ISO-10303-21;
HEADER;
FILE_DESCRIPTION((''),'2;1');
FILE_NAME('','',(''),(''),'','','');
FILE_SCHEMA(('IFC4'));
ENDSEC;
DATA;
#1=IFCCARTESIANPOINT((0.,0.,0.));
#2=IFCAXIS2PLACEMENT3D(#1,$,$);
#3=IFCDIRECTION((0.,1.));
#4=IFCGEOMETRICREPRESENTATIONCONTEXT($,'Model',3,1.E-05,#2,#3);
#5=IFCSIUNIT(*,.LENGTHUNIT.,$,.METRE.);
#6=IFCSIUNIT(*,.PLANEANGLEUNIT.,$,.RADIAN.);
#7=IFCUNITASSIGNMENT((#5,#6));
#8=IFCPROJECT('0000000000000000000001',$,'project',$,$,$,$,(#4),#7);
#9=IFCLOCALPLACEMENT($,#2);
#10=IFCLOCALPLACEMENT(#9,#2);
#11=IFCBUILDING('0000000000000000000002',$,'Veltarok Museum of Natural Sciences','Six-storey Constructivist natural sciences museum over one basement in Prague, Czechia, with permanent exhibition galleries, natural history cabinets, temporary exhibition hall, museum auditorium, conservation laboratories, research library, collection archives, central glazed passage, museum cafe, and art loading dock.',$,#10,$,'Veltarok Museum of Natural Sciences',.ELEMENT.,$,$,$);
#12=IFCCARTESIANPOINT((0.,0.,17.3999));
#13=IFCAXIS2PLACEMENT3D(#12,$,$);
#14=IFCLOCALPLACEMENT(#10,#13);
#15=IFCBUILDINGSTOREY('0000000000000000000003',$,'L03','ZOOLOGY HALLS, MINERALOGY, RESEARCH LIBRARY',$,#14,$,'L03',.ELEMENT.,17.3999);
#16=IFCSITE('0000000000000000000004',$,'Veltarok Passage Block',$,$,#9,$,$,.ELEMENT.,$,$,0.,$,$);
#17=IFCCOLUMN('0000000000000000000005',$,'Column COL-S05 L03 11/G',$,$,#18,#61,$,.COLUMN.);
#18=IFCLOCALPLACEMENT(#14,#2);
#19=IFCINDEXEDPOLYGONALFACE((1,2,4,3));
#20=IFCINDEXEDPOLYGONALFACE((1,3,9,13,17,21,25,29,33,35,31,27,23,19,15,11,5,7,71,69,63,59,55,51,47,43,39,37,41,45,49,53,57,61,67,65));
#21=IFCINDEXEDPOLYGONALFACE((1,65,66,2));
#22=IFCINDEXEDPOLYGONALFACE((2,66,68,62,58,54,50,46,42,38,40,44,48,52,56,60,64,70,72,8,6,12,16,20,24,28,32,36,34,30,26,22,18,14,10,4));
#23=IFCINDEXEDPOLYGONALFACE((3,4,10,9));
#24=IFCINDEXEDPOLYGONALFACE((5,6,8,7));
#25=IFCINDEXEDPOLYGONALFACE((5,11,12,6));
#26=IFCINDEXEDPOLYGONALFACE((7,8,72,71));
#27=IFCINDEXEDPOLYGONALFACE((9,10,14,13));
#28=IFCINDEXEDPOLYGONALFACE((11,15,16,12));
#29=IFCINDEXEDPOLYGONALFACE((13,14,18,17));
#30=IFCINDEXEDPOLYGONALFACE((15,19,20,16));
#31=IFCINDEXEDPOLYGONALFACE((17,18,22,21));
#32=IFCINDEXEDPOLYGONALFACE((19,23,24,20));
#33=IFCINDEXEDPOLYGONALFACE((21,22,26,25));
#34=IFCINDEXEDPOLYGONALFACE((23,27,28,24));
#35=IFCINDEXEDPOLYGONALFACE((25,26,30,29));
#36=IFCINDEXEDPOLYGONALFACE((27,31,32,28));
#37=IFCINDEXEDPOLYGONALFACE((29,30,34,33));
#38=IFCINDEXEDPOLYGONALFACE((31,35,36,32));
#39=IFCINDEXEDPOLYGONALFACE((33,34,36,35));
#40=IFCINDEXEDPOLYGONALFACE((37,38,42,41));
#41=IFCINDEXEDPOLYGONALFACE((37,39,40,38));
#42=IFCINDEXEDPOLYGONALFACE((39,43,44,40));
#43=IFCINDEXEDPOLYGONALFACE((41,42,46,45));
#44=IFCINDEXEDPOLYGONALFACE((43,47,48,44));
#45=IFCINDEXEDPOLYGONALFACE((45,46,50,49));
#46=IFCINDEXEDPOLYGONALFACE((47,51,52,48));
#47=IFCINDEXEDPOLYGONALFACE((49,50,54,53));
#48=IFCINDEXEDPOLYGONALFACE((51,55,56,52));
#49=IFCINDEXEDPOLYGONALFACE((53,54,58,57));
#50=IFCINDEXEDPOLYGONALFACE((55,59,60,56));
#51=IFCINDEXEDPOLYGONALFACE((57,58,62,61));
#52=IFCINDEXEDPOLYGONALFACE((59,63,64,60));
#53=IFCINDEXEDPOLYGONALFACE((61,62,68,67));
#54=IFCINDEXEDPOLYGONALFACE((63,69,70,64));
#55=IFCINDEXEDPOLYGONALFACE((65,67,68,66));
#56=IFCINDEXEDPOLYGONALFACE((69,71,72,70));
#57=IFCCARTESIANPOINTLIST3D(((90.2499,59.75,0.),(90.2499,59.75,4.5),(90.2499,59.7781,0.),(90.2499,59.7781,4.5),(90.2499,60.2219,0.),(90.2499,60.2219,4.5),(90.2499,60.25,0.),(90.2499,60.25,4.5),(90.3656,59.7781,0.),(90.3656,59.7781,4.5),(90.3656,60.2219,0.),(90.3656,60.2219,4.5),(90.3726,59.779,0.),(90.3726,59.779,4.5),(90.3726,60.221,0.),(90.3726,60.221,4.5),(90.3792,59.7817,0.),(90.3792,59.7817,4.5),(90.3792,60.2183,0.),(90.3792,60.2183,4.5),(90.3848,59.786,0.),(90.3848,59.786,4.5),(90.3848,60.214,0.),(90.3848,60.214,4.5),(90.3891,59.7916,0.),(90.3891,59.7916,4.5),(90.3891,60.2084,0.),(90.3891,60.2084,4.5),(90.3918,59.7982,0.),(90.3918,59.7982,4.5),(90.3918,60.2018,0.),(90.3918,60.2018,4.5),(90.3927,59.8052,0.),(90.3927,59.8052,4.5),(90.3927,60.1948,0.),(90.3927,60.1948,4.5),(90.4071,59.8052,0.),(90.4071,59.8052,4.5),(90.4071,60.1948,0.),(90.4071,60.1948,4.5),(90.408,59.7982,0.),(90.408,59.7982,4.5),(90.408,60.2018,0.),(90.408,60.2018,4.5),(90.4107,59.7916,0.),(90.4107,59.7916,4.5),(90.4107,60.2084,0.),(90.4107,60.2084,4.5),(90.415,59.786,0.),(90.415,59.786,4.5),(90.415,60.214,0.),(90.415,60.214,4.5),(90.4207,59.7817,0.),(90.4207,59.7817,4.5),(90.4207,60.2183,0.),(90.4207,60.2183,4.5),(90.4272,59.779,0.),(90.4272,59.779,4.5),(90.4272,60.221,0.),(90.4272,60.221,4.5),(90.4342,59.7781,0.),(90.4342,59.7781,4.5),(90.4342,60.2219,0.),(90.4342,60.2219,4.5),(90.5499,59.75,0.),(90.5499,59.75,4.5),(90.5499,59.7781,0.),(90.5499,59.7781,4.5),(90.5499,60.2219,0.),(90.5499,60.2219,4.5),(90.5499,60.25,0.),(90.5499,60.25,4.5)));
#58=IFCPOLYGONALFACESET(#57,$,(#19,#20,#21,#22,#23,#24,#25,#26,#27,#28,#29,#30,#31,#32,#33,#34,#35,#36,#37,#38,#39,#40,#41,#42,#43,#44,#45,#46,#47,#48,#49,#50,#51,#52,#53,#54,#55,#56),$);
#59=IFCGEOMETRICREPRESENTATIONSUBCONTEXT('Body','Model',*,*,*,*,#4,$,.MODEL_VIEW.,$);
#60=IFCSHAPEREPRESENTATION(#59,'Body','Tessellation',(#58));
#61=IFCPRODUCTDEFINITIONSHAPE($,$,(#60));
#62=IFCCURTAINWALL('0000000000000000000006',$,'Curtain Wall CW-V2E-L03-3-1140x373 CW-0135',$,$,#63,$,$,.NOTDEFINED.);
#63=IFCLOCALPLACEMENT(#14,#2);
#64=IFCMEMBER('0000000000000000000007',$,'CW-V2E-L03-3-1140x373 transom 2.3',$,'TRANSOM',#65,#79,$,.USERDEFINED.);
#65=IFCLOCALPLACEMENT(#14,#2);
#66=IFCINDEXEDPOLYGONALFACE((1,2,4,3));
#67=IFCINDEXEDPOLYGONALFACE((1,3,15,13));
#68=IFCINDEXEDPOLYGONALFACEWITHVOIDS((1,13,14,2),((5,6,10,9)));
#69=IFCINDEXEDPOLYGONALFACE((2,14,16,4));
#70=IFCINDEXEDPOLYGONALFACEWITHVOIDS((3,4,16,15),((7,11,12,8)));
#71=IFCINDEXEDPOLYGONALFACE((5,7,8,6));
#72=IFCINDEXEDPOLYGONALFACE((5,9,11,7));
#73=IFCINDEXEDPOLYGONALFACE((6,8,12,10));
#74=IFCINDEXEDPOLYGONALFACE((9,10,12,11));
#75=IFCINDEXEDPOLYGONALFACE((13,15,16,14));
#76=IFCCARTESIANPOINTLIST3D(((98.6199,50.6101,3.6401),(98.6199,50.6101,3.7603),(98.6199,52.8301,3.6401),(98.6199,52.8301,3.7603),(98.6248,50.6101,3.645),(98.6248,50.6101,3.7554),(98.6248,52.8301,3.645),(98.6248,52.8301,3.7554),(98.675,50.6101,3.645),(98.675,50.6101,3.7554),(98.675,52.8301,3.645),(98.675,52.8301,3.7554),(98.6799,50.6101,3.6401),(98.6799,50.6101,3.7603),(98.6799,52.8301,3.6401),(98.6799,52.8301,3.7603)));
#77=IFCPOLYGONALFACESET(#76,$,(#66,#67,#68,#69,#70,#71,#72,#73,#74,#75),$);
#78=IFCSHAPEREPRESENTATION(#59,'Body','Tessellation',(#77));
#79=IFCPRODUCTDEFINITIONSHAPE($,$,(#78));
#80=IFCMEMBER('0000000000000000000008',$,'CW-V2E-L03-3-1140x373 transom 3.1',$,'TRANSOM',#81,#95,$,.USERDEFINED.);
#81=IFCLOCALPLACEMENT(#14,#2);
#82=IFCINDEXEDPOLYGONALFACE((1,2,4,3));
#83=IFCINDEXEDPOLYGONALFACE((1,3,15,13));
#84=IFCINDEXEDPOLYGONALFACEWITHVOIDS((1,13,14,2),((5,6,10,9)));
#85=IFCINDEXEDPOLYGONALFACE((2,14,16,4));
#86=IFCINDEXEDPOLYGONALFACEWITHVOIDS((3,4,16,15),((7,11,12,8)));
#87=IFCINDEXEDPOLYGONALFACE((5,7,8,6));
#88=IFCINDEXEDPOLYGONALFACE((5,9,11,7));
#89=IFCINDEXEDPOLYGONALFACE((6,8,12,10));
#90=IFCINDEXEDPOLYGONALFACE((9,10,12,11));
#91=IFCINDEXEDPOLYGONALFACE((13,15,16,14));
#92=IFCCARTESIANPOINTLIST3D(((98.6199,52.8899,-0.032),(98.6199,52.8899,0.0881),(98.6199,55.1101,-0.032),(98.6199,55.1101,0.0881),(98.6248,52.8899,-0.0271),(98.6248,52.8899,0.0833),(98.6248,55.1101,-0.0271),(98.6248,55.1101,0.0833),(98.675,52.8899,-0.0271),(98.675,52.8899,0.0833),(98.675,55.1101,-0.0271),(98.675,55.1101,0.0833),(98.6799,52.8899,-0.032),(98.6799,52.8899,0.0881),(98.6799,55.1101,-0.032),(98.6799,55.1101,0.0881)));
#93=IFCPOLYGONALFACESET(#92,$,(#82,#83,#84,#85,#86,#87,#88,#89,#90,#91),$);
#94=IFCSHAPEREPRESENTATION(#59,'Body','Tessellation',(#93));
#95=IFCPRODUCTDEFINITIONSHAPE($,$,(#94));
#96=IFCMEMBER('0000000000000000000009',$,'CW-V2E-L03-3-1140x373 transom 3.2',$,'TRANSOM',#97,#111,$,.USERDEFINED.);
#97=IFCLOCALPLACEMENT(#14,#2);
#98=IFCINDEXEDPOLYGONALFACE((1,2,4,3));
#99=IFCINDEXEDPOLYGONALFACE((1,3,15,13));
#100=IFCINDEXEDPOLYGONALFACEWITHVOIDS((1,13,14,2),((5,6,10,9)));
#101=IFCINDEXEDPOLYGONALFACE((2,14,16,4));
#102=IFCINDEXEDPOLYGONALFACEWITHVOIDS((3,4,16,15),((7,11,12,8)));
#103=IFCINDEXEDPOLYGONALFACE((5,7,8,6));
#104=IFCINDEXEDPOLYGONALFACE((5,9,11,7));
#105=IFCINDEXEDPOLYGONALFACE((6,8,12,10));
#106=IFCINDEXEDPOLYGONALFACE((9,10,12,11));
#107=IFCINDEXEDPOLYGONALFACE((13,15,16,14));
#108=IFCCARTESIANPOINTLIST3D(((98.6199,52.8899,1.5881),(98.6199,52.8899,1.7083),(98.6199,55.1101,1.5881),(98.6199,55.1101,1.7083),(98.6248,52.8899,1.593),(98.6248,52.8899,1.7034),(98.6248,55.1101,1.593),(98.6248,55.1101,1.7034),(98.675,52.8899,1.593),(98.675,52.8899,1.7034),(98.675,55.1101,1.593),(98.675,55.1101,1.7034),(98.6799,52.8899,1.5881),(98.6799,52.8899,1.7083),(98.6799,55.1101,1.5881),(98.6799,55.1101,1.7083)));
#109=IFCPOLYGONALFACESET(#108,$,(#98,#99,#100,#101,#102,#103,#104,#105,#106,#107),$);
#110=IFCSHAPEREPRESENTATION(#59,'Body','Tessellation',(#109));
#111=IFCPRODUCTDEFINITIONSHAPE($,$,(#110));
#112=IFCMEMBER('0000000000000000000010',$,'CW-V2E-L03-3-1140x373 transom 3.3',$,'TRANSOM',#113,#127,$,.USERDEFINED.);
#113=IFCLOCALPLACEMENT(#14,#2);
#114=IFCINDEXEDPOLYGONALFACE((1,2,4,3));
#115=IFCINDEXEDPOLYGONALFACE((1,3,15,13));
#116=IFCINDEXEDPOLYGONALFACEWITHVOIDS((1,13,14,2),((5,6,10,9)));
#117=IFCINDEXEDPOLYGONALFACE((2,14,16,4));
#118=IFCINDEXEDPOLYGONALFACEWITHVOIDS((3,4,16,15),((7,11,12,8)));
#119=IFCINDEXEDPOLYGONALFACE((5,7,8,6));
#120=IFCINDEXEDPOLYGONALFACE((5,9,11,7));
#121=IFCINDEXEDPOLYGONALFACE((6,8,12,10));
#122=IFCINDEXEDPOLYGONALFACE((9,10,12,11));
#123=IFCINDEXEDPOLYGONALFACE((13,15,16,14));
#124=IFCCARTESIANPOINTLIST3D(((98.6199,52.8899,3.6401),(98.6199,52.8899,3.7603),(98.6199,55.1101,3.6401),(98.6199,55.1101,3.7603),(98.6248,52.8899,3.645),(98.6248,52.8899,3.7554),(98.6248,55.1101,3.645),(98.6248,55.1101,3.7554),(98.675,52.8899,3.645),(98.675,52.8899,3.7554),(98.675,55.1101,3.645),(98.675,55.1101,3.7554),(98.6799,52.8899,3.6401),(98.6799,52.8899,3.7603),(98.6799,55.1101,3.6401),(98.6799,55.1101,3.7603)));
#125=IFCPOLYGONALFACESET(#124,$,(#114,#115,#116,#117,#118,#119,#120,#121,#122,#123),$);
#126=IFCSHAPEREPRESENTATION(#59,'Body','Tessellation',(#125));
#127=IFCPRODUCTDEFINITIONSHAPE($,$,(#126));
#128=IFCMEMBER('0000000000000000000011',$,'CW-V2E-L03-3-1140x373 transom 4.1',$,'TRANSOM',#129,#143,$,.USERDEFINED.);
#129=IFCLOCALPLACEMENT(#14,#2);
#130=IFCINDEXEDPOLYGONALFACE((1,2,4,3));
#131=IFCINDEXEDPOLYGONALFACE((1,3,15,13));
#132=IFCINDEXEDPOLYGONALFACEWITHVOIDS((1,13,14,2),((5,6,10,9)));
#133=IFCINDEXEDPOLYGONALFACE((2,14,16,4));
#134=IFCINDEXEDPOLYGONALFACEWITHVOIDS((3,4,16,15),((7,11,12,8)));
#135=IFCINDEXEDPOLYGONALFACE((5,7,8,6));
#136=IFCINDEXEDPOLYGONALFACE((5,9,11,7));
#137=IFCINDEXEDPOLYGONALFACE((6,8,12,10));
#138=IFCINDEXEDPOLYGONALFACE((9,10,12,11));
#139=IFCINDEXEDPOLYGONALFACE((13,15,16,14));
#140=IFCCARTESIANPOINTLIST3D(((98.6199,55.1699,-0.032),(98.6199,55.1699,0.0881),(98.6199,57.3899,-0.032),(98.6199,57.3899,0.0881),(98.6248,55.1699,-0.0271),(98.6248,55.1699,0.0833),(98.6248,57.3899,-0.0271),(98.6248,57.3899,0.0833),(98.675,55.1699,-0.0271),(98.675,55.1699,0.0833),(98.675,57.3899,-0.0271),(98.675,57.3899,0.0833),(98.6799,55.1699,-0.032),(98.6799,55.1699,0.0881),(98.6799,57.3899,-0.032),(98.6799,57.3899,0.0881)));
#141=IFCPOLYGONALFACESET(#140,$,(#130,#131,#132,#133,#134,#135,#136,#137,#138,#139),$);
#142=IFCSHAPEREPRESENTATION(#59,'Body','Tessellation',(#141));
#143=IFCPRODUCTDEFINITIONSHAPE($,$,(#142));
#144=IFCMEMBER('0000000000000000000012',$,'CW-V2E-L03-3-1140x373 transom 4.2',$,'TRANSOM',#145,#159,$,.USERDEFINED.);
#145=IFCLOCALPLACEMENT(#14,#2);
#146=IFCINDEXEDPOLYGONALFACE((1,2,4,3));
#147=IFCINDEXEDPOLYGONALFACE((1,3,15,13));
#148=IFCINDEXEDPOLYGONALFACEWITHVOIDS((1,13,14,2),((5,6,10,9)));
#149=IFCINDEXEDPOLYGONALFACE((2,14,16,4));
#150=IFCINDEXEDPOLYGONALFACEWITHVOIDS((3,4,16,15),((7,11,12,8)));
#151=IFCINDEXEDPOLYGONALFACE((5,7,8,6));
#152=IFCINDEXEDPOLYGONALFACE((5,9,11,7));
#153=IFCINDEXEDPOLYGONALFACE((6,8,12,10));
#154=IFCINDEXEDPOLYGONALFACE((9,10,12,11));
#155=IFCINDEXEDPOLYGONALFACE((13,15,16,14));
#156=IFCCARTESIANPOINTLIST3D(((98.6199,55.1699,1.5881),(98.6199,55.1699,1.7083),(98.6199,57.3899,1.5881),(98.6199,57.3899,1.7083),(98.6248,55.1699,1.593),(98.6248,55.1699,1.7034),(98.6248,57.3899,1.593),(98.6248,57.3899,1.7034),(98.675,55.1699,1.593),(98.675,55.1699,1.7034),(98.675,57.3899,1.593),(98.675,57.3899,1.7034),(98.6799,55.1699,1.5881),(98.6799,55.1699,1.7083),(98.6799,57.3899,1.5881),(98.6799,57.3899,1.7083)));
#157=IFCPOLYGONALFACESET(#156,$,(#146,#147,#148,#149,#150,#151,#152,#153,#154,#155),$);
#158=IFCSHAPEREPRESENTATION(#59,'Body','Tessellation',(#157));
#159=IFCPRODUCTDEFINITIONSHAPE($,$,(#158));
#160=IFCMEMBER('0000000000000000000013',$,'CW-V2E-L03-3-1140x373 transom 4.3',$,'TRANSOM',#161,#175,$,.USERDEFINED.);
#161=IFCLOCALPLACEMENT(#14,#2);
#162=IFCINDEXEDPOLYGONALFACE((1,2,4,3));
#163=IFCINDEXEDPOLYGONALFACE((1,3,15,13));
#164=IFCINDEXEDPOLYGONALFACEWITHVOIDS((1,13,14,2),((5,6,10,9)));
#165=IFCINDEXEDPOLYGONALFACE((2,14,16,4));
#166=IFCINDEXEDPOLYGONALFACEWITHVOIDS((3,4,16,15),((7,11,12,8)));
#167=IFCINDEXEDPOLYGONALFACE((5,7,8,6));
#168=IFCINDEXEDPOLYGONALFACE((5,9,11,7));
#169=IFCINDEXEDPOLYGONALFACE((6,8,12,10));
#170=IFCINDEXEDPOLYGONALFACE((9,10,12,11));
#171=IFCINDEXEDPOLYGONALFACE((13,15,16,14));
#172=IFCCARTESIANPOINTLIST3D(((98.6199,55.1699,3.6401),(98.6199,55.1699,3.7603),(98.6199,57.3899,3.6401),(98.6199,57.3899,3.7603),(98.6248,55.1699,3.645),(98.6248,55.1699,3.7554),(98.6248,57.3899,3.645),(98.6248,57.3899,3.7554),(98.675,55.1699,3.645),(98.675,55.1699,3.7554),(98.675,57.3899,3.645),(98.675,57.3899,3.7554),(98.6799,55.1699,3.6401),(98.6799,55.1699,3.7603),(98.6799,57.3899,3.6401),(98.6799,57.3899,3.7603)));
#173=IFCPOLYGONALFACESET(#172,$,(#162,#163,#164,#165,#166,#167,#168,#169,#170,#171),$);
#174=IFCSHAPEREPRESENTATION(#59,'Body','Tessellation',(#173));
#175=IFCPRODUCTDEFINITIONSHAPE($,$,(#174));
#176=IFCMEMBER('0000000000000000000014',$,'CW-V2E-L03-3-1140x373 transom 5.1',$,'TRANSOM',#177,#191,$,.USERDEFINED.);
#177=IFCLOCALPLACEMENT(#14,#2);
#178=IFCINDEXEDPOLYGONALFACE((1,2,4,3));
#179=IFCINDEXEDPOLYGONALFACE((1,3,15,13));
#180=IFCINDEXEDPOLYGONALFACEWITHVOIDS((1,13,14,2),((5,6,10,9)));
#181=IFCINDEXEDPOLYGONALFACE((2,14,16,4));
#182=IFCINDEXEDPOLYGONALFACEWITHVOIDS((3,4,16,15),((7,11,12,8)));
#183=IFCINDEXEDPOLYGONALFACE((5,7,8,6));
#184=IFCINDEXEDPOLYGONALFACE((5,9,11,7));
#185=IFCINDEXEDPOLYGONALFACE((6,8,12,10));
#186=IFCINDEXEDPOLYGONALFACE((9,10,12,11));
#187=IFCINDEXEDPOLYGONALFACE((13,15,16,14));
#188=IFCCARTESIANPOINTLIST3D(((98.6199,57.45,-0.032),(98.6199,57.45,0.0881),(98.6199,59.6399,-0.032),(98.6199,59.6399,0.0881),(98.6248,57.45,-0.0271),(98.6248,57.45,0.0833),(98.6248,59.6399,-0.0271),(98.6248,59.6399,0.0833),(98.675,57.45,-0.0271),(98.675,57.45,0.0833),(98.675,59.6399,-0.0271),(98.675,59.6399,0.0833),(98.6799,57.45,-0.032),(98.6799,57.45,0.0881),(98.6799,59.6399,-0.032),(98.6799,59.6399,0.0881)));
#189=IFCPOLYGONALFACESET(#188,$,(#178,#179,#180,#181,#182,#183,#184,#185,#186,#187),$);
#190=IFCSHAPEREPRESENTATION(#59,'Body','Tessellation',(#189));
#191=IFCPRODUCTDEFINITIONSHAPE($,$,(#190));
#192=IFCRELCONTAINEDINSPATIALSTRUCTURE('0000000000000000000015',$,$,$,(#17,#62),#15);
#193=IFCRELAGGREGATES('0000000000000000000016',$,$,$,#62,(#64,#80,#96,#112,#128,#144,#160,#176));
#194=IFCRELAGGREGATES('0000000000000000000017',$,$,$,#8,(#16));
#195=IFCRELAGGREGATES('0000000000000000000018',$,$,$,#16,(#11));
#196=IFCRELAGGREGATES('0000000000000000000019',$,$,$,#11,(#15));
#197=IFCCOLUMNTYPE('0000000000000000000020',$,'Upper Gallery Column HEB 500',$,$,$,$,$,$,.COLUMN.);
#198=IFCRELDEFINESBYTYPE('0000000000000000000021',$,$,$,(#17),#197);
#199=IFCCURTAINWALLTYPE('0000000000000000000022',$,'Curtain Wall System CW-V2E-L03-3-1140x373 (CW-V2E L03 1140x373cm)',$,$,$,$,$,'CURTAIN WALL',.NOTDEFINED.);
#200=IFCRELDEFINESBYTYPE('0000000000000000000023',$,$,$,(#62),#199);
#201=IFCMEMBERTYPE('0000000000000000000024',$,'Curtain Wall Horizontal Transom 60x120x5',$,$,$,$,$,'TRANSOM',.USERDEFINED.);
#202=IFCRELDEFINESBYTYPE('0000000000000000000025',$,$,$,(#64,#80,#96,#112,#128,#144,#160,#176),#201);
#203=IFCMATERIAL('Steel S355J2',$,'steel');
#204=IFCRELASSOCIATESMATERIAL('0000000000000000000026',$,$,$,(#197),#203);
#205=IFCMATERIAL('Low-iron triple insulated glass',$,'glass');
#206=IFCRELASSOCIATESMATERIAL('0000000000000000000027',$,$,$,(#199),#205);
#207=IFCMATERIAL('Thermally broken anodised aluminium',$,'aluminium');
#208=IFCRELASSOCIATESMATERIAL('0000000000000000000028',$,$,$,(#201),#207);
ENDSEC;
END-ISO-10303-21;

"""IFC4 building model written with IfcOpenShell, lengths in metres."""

from ifc_helpers import new_model, si_unit, direction, frame, origin, origin_2d, place, context, subcontext, project, spatial, hollow_rectangle, i_section, extrude, material, material_profile, profile_set, type_object, element, aggregate, save


model = new_model("IFC4")

# Units and contexts
model_context = context("Model", 3, precision=1e-05, world=origin(), true_north=direction((0.0, 1.0)))
body_context = subcontext(model_context, "Body", "Model", "MODEL_VIEW")
ifc_project = project(units=[si_unit("LENGTHUNIT", "METRE"), si_unit("PLANEANGLEUNIT", "RADIAN")], contexts=[model_context])

# Site, building, storey
site_placement = place(None, origin())
site = spatial("IfcSite", under=ifc_project, at=site_placement, Name="Veltarok Passage Block", CompositionType="ELEMENT", RefElevation=0.0)
building_placement = place(site_placement, origin())
building = spatial("IfcBuilding", under=site, at=building_placement, Name="Veltarok Museum of Natural Sciences", Description="Six-storey Constructivist natural sciences museum over one basement in Prague, Czechia, with permanent exhibition galleries, natural history cabinets, temporary exhibition hall, museum auditorium, conservation laboratories, research library, collection archives, central glazed passage, museum cafe, and art loading dock.", LongName="Veltarok Museum of Natural Sciences", CompositionType="ELEMENT")
storey_placement = place(building_placement, frame((0.0, 0.0, 17.3999)))
storey = spatial("IfcBuildingStorey", under=building, at=storey_placement, Name="L03", Description="ZOOLOGY HALLS, MINERALOGY, RESEARCH LIBRARY", LongName="L03", CompositionType="ELEMENT", Elevation=17.3999)

# Column
ifc_material_1 = material(Name="Steel S355J2", Category="steel")
ifc_material_profile_1 = material_profile(ifc_material_1, i_section(OverallWidth=0.3, OverallDepth=0.5, WebThickness=0.0144, FlangeThickness=0.0281, FilletRadius=0.0271, at=origin_2d()), Name="HEB 500")
ifc_profile_set_1 = profile_set([ifc_material_profile_1], Name="Steel S355J2")
column_type = type_object("IfcColumnType", Name="Upper Gallery Column HEB 500", PredefinedType="COLUMN", material=ifc_profile_set_1)
column_placement = place(storey_placement, frame((90.3999, 60.0, 0.0), z_axis=(0.0, 0.0, 1.0), x_axis=(1.0, 0.0, 0.0)))
element("IfcColumn", 1, at=column_placement, inside=storey, type_object=column_type, Name="Column COL-S05 L03 11/G", PredefinedType="COLUMN", context=body_context, shape_type="SweptSolid", body=[
    extrude(i_section(OverallWidth=0.3, OverallDepth=0.5, WebThickness=0.0144, FlangeThickness=0.0281, FilletRadius=0.0271, at=origin_2d()), origin(), (0.0, 0.0, 1.0), 4.5),
])

# Curtain wall, members
ifc_material_2 = material(Name="Low-iron triple insulated glass", Category="glass")
curtain_wall_type_1 = type_object("IfcCurtainWallType", Name="Curtain Wall System CW-V2E-L03-3-1140x373 (CW-V2E L03 1140x373cm)", ElementType="CURTAIN WALL", PredefinedType="NOTDEFINED", material=ifc_material_2)
curtain_wall_1_placement = place(storey_placement, origin())
curtain_wall_1 = element("IfcCurtainWall", 2, at=curtain_wall_1_placement, inside=storey, type_object=curtain_wall_type_1, Name="Curtain Wall CW-V2E-L03-3-1140x373 CW-0135", PredefinedType="NOTDEFINED")
ifc_material_3 = material(Name="Thermally broken anodised aluminium", Category="aluminium")
ifc_material_profile_2 = material_profile(ifc_material_3, hollow_rectangle(XDim=0.0601, YDim=0.1201, WallThickness=0.0049, at=origin_2d()), Name="CW TRANSOM 60x120x5")
ifc_profile_set_2 = profile_set([ifc_material_profile_2], Name="Thermally broken anodised aluminium")
member_type_1 = type_object("IfcMemberType", Name="Curtain Wall Horizontal Transom 60x120x5", ElementType="TRANSOM", PredefinedType="USERDEFINED", material=ifc_profile_set_2)
member_1_placement = place(storey_placement, frame((98.6499, 50.6101, 3.7002), z_axis=(0.0, 1.0, 0.0), x_axis=(-1.0, 0.0, 0.0)))
member_1 = element("IfcMember", 3, at=member_1_placement, type_object=member_type_1, Name="CW-V2E-L03-3-1140x373 transom 2.3", ObjectType="TRANSOM", PredefinedType="USERDEFINED", context=body_context, shape_type="SweptSolid", body=[
    extrude(hollow_rectangle(XDim=0.0601, YDim=0.1201, WallThickness=0.0049, at=origin_2d()), origin(), (0.0, 0.0, 1.0), 2.22),
])
member_2_placement = place(storey_placement, frame((98.6499, 52.8899, 0.0281), z_axis=(0.0, 1.0, 0.0), x_axis=(-1.0, 0.0, 0.0)))
member_2 = element("IfcMember", 4, at=member_2_placement, type_object=member_type_1, Name="CW-V2E-L03-3-1140x373 transom 3.1", ObjectType="TRANSOM", PredefinedType="USERDEFINED", context=body_context, shape_type="SweptSolid", body=[
    extrude(hollow_rectangle(XDim=0.0601, YDim=0.1201, WallThickness=0.0049, at=origin_2d()), origin(), (0.0, 0.0, 1.0), 2.2202),
])
member_3_placement = place(storey_placement, frame((98.6499, 52.8899, 1.6482), z_axis=(0.0, 1.0, 0.0), x_axis=(-1.0, 0.0, 0.0)))
member_3 = element("IfcMember", 5, at=member_3_placement, type_object=member_type_1, Name="CW-V2E-L03-3-1140x373 transom 3.2", ObjectType="TRANSOM", PredefinedType="USERDEFINED", context=body_context, shape_type="SweptSolid", body=[
    extrude(hollow_rectangle(XDim=0.0601, YDim=0.1201, WallThickness=0.0049, at=origin_2d()), origin(), (0.0, 0.0, 1.0), 2.2202),
])
member_4_placement = place(storey_placement, frame((98.6499, 52.8899, 3.7002), z_axis=(0.0, 1.0, 0.0), x_axis=(-1.0, 0.0, 0.0)))
member_4 = element("IfcMember", 6, at=member_4_placement, type_object=member_type_1, Name="CW-V2E-L03-3-1140x373 transom 3.3", ObjectType="TRANSOM", PredefinedType="USERDEFINED", context=body_context, shape_type="SweptSolid", body=[
    extrude(hollow_rectangle(XDim=0.0601, YDim=0.1201, WallThickness=0.0049, at=origin_2d()), origin(), (0.0, 0.0, 1.0), 2.2202),
])
member_5_placement = place(storey_placement, frame((98.6499, 55.1699, 0.0281), z_axis=(0.0, 1.0, 0.0), x_axis=(-1.0, 0.0, 0.0)))
member_5 = element("IfcMember", 7, at=member_5_placement, type_object=member_type_1, Name="CW-V2E-L03-3-1140x373 transom 4.1", ObjectType="TRANSOM", PredefinedType="USERDEFINED", context=body_context, shape_type="SweptSolid", body=[
    extrude(hollow_rectangle(XDim=0.0601, YDim=0.1201, WallThickness=0.0049, at=origin_2d()), origin(), (0.0, 0.0, 1.0), 2.22),
])
member_6_placement = place(storey_placement, frame((98.6499, 55.1699, 1.6482), z_axis=(0.0, 1.0, 0.0), x_axis=(-1.0, 0.0, 0.0)))
member_6 = element("IfcMember", 8, at=member_6_placement, type_object=member_type_1, Name="CW-V2E-L03-3-1140x373 transom 4.2", ObjectType="TRANSOM", PredefinedType="USERDEFINED", context=body_context, shape_type="SweptSolid", body=[
    extrude(hollow_rectangle(XDim=0.0601, YDim=0.1201, WallThickness=0.0049, at=origin_2d()), origin(), (0.0, 0.0, 1.0), 2.22),
])
member_7_placement = place(storey_placement, frame((98.6499, 55.1699, 3.7002), z_axis=(0.0, 1.0, 0.0), x_axis=(-1.0, 0.0, 0.0)))
member_7 = element("IfcMember", 9, at=member_7_placement, type_object=member_type_1, Name="CW-V2E-L03-3-1140x373 transom 4.3", ObjectType="TRANSOM", PredefinedType="USERDEFINED", context=body_context, shape_type="SweptSolid", body=[
    extrude(hollow_rectangle(XDim=0.0601, YDim=0.1201, WallThickness=0.0049, at=origin_2d()), origin(), (0.0, 0.0, 1.0), 2.22),
])
member_8_placement = place(storey_placement, frame((98.6499, 57.45, 0.0281), z_axis=(0.0, 1.0, 0.0), x_axis=(-1.0, 0.0, 0.0)))
member_8 = element("IfcMember", 10, at=member_8_placement, type_object=member_type_1, Name="CW-V2E-L03-3-1140x373 transom 5.1", ObjectType="TRANSOM", PredefinedType="USERDEFINED", context=body_context, shape_type="SweptSolid", body=[
    extrude(hollow_rectangle(XDim=0.0601, YDim=0.1201, WallThickness=0.0049, at=origin_2d()), origin(), (0.0, 0.0, 1.0), 2.1899),
])

aggregate(curtain_wall_1, [member_1, member_2, member_3, member_4, member_5, member_6, member_7, member_8])

save(model, "model.ifc")
